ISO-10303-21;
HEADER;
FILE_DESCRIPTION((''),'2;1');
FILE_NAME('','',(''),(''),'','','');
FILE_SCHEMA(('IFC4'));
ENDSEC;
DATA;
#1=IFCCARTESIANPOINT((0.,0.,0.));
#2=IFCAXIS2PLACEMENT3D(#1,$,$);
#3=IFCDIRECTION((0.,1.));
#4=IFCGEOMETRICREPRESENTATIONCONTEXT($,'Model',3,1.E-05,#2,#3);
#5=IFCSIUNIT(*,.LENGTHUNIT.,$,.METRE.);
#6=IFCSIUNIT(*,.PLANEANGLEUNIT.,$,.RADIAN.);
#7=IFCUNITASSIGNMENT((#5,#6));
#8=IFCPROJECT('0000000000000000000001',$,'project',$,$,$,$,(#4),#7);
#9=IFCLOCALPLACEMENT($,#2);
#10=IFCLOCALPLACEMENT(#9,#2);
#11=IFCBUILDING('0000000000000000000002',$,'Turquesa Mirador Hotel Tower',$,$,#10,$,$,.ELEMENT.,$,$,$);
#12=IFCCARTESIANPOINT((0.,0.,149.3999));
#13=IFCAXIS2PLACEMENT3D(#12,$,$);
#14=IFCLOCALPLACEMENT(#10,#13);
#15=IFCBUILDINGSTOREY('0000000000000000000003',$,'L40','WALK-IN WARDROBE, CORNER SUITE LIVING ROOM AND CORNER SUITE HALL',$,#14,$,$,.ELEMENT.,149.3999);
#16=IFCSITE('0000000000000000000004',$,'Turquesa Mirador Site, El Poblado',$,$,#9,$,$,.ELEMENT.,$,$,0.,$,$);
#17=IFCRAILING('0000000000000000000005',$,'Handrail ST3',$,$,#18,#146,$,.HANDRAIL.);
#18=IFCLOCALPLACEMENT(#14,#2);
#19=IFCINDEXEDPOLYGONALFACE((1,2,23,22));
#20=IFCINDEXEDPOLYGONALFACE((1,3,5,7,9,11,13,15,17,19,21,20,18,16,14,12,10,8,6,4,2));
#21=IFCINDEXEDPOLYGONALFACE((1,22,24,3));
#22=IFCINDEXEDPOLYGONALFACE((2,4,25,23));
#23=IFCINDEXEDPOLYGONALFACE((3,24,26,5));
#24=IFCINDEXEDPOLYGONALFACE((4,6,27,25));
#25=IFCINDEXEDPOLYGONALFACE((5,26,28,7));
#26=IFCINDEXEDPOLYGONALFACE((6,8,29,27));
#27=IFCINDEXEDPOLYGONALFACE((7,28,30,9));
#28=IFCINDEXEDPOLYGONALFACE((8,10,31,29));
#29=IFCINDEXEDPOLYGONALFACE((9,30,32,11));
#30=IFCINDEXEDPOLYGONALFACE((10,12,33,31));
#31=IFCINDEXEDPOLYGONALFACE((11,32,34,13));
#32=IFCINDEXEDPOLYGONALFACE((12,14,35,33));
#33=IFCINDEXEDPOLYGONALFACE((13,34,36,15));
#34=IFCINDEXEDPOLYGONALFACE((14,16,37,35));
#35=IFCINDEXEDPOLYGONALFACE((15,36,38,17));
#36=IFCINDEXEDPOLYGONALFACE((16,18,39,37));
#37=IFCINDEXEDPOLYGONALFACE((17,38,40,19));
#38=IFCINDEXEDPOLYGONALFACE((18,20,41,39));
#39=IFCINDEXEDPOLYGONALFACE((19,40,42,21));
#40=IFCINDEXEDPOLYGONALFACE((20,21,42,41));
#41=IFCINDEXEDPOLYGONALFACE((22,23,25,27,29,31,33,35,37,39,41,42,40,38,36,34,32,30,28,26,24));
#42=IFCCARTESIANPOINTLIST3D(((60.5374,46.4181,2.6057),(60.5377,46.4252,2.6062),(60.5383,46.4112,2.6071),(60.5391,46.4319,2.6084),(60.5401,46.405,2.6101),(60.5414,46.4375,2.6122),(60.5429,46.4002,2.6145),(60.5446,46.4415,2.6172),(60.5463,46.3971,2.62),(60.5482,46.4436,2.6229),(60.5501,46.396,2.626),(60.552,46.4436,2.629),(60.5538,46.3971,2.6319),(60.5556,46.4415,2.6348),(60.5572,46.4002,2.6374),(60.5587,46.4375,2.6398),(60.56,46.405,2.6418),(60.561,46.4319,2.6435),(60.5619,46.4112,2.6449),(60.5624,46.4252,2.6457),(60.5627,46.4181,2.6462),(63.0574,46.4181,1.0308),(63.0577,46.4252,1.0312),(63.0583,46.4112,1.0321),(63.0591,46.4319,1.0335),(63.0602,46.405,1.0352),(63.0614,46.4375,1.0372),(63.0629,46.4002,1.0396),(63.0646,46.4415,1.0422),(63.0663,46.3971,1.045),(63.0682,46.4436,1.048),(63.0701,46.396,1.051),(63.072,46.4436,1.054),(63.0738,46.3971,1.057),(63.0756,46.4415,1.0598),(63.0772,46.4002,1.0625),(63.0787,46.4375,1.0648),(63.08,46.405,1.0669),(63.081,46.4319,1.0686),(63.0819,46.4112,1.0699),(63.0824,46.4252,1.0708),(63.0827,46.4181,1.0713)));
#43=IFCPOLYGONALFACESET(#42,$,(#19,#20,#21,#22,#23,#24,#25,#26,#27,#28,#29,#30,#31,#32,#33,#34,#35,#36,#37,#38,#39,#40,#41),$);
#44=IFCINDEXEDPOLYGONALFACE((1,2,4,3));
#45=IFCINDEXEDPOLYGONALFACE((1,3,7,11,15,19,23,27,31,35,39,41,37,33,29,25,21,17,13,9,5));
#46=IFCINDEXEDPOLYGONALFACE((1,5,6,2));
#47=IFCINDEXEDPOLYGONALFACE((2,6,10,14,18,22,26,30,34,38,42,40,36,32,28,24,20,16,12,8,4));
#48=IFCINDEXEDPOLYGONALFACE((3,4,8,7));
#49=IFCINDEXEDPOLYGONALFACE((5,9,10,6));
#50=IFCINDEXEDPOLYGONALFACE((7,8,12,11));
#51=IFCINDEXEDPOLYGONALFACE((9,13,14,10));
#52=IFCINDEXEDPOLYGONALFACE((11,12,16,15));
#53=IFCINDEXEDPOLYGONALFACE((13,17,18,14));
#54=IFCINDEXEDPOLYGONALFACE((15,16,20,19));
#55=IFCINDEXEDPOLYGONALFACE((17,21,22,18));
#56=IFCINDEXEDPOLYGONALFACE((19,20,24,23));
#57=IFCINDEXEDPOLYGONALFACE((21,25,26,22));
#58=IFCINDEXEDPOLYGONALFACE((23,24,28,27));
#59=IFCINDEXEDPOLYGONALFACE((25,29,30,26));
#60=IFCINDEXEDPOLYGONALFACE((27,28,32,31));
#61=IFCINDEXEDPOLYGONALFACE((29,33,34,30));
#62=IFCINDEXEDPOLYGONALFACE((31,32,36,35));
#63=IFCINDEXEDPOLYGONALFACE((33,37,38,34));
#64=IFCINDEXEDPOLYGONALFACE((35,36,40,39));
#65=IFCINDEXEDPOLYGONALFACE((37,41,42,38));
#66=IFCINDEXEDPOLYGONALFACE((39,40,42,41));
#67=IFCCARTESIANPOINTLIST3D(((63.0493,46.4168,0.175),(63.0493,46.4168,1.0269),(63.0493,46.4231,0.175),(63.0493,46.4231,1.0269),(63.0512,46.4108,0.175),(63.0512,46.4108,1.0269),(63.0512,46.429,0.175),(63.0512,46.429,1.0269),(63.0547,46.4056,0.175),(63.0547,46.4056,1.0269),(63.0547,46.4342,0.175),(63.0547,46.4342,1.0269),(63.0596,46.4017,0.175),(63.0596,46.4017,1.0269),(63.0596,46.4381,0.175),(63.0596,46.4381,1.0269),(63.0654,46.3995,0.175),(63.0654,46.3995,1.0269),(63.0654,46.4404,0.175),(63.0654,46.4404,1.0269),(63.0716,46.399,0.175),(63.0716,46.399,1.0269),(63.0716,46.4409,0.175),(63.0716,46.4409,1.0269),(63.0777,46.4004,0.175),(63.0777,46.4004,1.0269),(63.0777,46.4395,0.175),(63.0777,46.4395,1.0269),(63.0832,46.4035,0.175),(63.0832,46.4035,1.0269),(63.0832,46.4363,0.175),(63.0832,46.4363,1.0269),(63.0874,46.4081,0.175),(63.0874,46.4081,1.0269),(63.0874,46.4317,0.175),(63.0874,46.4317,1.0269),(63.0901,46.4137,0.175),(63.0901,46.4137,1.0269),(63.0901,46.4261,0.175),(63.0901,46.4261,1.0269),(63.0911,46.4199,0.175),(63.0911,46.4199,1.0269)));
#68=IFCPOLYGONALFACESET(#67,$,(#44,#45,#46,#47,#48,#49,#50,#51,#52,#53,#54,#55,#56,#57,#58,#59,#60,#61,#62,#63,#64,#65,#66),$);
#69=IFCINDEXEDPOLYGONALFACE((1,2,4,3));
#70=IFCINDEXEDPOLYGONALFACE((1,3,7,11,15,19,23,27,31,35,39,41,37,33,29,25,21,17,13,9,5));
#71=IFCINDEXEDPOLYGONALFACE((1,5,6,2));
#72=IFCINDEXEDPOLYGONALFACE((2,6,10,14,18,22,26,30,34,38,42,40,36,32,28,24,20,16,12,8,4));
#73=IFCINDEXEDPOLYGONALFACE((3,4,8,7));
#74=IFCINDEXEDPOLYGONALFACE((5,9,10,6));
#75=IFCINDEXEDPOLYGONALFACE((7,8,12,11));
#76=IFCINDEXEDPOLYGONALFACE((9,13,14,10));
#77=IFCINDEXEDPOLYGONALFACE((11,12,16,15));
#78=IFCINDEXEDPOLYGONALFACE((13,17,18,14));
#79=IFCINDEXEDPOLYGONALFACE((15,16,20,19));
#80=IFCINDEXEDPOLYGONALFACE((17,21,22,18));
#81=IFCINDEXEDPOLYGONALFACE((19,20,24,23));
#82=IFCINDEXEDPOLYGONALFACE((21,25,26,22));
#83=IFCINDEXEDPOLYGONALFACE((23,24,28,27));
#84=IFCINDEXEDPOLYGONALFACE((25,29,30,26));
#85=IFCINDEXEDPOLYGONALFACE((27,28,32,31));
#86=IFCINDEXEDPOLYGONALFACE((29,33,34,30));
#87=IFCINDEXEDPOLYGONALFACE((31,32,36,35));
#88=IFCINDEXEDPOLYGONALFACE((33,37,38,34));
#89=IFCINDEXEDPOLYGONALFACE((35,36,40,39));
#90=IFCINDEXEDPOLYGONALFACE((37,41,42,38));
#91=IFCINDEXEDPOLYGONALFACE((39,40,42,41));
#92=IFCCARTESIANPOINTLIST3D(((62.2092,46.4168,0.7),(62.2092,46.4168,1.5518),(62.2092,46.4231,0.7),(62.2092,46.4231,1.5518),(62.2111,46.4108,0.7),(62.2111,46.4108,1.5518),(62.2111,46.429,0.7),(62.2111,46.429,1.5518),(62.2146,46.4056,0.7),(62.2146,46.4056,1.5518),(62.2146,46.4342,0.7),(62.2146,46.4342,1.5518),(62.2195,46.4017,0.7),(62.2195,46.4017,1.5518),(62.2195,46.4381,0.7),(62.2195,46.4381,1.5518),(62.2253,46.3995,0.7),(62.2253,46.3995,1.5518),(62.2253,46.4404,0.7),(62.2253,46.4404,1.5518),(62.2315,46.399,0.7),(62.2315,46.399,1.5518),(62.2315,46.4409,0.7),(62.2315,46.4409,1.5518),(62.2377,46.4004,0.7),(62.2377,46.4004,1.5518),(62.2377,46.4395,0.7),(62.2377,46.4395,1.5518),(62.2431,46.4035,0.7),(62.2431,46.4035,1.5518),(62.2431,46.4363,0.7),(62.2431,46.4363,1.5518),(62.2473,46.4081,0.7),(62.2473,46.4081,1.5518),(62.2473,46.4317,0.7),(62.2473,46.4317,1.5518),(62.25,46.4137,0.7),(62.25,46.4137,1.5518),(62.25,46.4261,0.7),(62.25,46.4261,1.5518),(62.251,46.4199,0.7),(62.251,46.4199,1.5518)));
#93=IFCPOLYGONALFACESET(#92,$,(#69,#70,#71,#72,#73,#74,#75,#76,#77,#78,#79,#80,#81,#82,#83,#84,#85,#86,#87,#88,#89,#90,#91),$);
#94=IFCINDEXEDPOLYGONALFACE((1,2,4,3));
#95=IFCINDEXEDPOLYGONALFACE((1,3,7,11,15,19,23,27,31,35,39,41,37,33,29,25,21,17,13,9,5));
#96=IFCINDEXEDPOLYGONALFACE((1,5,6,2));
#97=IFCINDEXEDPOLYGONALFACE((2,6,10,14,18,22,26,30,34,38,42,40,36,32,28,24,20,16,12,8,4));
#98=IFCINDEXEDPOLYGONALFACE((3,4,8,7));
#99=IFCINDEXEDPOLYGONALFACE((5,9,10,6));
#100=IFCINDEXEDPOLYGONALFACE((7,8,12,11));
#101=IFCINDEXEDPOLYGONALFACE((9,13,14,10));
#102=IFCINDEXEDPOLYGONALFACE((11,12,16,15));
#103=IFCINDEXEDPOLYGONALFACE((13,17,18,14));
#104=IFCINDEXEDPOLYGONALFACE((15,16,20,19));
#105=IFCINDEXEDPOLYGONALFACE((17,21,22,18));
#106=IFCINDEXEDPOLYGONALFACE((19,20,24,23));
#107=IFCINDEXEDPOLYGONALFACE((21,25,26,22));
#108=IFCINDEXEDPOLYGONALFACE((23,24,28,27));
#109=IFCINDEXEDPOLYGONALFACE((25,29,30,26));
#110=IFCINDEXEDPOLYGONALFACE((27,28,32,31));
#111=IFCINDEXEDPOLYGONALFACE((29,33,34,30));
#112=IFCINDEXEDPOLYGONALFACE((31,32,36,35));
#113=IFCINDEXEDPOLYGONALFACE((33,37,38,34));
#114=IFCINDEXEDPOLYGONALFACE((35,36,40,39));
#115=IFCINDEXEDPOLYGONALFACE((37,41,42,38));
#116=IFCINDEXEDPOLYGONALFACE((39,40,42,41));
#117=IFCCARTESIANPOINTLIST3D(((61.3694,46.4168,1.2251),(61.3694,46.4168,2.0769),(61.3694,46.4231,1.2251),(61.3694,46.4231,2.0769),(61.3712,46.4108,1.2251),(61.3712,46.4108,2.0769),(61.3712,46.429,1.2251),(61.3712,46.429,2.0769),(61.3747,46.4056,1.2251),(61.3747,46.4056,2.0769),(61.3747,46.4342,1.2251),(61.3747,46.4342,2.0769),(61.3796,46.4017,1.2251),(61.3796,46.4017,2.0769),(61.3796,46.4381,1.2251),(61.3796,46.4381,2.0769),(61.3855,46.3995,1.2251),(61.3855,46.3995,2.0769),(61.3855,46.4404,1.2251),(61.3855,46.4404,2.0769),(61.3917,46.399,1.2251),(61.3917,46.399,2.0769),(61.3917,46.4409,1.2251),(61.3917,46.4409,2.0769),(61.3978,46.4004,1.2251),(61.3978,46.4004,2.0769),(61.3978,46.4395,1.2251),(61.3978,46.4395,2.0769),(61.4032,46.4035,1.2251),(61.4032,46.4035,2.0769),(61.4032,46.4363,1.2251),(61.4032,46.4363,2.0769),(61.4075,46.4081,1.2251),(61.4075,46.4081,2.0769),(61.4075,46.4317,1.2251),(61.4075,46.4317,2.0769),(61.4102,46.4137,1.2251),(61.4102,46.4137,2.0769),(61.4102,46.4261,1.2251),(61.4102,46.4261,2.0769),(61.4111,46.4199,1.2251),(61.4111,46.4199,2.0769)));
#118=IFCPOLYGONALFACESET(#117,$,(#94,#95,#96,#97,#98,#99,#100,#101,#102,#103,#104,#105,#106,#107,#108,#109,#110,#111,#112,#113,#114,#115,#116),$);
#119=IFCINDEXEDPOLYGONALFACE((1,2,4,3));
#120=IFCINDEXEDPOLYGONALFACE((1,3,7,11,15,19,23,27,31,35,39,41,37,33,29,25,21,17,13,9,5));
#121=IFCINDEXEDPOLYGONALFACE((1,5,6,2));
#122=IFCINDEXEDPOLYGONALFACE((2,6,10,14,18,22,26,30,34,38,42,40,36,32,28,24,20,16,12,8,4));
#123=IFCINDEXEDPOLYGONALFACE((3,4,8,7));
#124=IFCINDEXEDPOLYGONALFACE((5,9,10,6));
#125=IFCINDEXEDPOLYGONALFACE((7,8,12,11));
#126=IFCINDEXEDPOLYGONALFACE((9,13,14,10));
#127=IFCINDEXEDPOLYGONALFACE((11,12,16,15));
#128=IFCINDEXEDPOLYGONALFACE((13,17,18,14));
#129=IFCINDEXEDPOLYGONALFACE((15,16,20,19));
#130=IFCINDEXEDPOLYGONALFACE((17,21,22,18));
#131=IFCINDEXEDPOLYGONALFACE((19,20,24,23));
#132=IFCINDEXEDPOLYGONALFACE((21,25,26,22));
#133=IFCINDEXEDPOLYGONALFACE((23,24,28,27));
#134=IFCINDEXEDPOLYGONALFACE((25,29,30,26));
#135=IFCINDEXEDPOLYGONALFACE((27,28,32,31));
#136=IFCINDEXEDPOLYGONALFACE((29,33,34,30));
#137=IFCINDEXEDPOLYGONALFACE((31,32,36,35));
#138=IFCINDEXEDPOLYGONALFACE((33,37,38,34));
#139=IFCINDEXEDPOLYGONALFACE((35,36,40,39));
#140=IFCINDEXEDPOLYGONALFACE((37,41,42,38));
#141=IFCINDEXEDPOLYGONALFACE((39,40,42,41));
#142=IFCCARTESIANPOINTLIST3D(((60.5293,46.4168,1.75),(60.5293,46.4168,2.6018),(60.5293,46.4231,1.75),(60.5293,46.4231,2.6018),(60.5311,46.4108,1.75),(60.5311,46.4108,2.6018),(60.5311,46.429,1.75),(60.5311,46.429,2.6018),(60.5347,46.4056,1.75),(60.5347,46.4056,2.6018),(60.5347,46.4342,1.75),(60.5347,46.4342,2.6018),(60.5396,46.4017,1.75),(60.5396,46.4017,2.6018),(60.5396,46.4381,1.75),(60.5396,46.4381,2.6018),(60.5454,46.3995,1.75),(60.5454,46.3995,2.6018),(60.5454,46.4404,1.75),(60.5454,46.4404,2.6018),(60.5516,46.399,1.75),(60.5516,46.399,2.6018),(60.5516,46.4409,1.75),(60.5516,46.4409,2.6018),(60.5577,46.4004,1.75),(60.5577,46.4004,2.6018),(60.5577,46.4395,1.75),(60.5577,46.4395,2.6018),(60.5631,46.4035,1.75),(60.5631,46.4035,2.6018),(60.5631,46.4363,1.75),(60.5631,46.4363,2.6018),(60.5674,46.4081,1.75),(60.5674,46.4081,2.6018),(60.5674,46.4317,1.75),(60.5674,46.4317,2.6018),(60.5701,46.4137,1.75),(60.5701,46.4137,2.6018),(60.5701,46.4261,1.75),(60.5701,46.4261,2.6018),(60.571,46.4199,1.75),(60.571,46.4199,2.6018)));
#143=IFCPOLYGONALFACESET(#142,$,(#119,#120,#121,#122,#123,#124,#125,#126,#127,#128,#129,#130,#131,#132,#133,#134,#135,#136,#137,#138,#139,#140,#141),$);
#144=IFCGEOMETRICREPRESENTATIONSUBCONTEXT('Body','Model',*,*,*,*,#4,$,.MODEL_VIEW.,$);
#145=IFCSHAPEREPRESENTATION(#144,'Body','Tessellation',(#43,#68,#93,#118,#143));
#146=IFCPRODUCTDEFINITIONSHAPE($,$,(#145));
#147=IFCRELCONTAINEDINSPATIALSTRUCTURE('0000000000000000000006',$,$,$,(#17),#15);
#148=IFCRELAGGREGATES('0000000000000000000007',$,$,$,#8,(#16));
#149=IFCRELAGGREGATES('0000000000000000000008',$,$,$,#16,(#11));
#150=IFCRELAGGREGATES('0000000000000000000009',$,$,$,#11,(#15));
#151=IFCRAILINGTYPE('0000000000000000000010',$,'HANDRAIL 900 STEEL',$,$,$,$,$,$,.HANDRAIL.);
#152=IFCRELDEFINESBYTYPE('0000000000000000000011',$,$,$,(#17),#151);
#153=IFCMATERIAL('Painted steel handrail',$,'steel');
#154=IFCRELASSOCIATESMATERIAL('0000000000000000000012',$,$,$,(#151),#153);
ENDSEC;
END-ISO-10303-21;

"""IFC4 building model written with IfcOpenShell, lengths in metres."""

from ifc_helpers import new_model, si_unit, direction, frame, origin, origin_2d, place, context, subcontext, project, spatial, circle, extrude, material, type_object, element, save


model = new_model("IFC4")

# Units and contexts
model_context = context("Model", 3, precision=1e-05, world=origin(), true_north=direction((0.0, 1.0)))
body_context = subcontext(model_context, "Body", "Model", "MODEL_VIEW")
ifc_project = project(units=[si_unit("LENGTHUNIT", "METRE"), si_unit("PLANEANGLEUNIT", "RADIAN")], contexts=[model_context])

# Site, building, storey
site_placement = place(None, origin())
site = spatial("IfcSite", under=ifc_project, at=site_placement, Name="Turquesa Mirador Site, El Poblado", CompositionType="ELEMENT", RefElevation=0.0)
building_placement = place(site_placement, origin())
building = spatial("IfcBuilding", under=site, at=building_placement, Name="Turquesa Mirador Hotel Tower", CompositionType="ELEMENT")
storey_placement = place(building_placement, frame((0.0, 0.0, 149.3999)))
storey = spatial("IfcBuildingStorey", under=building, at=storey_placement, Name="L40", Description="WALK-IN WARDROBE, CORNER SUITE LIVING ROOM AND CORNER SUITE HALL", CompositionType="ELEMENT", Elevation=149.3999)

# Railing
ifc_material_1 = material(Name="Painted steel handrail", Category="steel")
railing_type = type_object("IfcRailingType", Name="HANDRAIL 900 STEEL", PredefinedType="HANDRAIL", material=ifc_material_1)
railing_1_placement = place(storey_placement, frame((63.0701, 46.4199, 0.175)))
element("IfcRailing", 1, at=railing_1_placement, inside=storey, type_object=railing_type, Name="Handrail ST3", PredefinedType="HANDRAIL", context=body_context, shape_type="SweptSolid", body=[
    extrude(circle(Radius=0.0239, at=origin_2d()), frame((0.0, 0.0, 0.876), z_axis=(-0.848008, 0.0, 0.529984), x_axis=(0.0, -1.0, 0.0)), (0.0, 0.0, 1.0), 2.9717),
    extrude(circle(Radius=0.021, at=origin_2d()), origin(), (0.0, 0.0, 1.0), 0.8518),
    extrude(circle(Radius=0.021, at=origin_2d()), frame((-0.8401, 0.0, 0.5249)), (0.0, 0.0, 1.0), 0.8518),
    extrude(circle(Radius=0.021, at=origin_2d()), frame((-1.6799, 0.0, 1.05)), (0.0, 0.0, 1.0), 0.8518),
    extrude(circle(Radius=0.021, at=origin_2d()), frame((-2.52, 0.0, 1.575)), (0.0, 0.0, 1.0), 0.8518),
])

save(model, "model.ifc")
